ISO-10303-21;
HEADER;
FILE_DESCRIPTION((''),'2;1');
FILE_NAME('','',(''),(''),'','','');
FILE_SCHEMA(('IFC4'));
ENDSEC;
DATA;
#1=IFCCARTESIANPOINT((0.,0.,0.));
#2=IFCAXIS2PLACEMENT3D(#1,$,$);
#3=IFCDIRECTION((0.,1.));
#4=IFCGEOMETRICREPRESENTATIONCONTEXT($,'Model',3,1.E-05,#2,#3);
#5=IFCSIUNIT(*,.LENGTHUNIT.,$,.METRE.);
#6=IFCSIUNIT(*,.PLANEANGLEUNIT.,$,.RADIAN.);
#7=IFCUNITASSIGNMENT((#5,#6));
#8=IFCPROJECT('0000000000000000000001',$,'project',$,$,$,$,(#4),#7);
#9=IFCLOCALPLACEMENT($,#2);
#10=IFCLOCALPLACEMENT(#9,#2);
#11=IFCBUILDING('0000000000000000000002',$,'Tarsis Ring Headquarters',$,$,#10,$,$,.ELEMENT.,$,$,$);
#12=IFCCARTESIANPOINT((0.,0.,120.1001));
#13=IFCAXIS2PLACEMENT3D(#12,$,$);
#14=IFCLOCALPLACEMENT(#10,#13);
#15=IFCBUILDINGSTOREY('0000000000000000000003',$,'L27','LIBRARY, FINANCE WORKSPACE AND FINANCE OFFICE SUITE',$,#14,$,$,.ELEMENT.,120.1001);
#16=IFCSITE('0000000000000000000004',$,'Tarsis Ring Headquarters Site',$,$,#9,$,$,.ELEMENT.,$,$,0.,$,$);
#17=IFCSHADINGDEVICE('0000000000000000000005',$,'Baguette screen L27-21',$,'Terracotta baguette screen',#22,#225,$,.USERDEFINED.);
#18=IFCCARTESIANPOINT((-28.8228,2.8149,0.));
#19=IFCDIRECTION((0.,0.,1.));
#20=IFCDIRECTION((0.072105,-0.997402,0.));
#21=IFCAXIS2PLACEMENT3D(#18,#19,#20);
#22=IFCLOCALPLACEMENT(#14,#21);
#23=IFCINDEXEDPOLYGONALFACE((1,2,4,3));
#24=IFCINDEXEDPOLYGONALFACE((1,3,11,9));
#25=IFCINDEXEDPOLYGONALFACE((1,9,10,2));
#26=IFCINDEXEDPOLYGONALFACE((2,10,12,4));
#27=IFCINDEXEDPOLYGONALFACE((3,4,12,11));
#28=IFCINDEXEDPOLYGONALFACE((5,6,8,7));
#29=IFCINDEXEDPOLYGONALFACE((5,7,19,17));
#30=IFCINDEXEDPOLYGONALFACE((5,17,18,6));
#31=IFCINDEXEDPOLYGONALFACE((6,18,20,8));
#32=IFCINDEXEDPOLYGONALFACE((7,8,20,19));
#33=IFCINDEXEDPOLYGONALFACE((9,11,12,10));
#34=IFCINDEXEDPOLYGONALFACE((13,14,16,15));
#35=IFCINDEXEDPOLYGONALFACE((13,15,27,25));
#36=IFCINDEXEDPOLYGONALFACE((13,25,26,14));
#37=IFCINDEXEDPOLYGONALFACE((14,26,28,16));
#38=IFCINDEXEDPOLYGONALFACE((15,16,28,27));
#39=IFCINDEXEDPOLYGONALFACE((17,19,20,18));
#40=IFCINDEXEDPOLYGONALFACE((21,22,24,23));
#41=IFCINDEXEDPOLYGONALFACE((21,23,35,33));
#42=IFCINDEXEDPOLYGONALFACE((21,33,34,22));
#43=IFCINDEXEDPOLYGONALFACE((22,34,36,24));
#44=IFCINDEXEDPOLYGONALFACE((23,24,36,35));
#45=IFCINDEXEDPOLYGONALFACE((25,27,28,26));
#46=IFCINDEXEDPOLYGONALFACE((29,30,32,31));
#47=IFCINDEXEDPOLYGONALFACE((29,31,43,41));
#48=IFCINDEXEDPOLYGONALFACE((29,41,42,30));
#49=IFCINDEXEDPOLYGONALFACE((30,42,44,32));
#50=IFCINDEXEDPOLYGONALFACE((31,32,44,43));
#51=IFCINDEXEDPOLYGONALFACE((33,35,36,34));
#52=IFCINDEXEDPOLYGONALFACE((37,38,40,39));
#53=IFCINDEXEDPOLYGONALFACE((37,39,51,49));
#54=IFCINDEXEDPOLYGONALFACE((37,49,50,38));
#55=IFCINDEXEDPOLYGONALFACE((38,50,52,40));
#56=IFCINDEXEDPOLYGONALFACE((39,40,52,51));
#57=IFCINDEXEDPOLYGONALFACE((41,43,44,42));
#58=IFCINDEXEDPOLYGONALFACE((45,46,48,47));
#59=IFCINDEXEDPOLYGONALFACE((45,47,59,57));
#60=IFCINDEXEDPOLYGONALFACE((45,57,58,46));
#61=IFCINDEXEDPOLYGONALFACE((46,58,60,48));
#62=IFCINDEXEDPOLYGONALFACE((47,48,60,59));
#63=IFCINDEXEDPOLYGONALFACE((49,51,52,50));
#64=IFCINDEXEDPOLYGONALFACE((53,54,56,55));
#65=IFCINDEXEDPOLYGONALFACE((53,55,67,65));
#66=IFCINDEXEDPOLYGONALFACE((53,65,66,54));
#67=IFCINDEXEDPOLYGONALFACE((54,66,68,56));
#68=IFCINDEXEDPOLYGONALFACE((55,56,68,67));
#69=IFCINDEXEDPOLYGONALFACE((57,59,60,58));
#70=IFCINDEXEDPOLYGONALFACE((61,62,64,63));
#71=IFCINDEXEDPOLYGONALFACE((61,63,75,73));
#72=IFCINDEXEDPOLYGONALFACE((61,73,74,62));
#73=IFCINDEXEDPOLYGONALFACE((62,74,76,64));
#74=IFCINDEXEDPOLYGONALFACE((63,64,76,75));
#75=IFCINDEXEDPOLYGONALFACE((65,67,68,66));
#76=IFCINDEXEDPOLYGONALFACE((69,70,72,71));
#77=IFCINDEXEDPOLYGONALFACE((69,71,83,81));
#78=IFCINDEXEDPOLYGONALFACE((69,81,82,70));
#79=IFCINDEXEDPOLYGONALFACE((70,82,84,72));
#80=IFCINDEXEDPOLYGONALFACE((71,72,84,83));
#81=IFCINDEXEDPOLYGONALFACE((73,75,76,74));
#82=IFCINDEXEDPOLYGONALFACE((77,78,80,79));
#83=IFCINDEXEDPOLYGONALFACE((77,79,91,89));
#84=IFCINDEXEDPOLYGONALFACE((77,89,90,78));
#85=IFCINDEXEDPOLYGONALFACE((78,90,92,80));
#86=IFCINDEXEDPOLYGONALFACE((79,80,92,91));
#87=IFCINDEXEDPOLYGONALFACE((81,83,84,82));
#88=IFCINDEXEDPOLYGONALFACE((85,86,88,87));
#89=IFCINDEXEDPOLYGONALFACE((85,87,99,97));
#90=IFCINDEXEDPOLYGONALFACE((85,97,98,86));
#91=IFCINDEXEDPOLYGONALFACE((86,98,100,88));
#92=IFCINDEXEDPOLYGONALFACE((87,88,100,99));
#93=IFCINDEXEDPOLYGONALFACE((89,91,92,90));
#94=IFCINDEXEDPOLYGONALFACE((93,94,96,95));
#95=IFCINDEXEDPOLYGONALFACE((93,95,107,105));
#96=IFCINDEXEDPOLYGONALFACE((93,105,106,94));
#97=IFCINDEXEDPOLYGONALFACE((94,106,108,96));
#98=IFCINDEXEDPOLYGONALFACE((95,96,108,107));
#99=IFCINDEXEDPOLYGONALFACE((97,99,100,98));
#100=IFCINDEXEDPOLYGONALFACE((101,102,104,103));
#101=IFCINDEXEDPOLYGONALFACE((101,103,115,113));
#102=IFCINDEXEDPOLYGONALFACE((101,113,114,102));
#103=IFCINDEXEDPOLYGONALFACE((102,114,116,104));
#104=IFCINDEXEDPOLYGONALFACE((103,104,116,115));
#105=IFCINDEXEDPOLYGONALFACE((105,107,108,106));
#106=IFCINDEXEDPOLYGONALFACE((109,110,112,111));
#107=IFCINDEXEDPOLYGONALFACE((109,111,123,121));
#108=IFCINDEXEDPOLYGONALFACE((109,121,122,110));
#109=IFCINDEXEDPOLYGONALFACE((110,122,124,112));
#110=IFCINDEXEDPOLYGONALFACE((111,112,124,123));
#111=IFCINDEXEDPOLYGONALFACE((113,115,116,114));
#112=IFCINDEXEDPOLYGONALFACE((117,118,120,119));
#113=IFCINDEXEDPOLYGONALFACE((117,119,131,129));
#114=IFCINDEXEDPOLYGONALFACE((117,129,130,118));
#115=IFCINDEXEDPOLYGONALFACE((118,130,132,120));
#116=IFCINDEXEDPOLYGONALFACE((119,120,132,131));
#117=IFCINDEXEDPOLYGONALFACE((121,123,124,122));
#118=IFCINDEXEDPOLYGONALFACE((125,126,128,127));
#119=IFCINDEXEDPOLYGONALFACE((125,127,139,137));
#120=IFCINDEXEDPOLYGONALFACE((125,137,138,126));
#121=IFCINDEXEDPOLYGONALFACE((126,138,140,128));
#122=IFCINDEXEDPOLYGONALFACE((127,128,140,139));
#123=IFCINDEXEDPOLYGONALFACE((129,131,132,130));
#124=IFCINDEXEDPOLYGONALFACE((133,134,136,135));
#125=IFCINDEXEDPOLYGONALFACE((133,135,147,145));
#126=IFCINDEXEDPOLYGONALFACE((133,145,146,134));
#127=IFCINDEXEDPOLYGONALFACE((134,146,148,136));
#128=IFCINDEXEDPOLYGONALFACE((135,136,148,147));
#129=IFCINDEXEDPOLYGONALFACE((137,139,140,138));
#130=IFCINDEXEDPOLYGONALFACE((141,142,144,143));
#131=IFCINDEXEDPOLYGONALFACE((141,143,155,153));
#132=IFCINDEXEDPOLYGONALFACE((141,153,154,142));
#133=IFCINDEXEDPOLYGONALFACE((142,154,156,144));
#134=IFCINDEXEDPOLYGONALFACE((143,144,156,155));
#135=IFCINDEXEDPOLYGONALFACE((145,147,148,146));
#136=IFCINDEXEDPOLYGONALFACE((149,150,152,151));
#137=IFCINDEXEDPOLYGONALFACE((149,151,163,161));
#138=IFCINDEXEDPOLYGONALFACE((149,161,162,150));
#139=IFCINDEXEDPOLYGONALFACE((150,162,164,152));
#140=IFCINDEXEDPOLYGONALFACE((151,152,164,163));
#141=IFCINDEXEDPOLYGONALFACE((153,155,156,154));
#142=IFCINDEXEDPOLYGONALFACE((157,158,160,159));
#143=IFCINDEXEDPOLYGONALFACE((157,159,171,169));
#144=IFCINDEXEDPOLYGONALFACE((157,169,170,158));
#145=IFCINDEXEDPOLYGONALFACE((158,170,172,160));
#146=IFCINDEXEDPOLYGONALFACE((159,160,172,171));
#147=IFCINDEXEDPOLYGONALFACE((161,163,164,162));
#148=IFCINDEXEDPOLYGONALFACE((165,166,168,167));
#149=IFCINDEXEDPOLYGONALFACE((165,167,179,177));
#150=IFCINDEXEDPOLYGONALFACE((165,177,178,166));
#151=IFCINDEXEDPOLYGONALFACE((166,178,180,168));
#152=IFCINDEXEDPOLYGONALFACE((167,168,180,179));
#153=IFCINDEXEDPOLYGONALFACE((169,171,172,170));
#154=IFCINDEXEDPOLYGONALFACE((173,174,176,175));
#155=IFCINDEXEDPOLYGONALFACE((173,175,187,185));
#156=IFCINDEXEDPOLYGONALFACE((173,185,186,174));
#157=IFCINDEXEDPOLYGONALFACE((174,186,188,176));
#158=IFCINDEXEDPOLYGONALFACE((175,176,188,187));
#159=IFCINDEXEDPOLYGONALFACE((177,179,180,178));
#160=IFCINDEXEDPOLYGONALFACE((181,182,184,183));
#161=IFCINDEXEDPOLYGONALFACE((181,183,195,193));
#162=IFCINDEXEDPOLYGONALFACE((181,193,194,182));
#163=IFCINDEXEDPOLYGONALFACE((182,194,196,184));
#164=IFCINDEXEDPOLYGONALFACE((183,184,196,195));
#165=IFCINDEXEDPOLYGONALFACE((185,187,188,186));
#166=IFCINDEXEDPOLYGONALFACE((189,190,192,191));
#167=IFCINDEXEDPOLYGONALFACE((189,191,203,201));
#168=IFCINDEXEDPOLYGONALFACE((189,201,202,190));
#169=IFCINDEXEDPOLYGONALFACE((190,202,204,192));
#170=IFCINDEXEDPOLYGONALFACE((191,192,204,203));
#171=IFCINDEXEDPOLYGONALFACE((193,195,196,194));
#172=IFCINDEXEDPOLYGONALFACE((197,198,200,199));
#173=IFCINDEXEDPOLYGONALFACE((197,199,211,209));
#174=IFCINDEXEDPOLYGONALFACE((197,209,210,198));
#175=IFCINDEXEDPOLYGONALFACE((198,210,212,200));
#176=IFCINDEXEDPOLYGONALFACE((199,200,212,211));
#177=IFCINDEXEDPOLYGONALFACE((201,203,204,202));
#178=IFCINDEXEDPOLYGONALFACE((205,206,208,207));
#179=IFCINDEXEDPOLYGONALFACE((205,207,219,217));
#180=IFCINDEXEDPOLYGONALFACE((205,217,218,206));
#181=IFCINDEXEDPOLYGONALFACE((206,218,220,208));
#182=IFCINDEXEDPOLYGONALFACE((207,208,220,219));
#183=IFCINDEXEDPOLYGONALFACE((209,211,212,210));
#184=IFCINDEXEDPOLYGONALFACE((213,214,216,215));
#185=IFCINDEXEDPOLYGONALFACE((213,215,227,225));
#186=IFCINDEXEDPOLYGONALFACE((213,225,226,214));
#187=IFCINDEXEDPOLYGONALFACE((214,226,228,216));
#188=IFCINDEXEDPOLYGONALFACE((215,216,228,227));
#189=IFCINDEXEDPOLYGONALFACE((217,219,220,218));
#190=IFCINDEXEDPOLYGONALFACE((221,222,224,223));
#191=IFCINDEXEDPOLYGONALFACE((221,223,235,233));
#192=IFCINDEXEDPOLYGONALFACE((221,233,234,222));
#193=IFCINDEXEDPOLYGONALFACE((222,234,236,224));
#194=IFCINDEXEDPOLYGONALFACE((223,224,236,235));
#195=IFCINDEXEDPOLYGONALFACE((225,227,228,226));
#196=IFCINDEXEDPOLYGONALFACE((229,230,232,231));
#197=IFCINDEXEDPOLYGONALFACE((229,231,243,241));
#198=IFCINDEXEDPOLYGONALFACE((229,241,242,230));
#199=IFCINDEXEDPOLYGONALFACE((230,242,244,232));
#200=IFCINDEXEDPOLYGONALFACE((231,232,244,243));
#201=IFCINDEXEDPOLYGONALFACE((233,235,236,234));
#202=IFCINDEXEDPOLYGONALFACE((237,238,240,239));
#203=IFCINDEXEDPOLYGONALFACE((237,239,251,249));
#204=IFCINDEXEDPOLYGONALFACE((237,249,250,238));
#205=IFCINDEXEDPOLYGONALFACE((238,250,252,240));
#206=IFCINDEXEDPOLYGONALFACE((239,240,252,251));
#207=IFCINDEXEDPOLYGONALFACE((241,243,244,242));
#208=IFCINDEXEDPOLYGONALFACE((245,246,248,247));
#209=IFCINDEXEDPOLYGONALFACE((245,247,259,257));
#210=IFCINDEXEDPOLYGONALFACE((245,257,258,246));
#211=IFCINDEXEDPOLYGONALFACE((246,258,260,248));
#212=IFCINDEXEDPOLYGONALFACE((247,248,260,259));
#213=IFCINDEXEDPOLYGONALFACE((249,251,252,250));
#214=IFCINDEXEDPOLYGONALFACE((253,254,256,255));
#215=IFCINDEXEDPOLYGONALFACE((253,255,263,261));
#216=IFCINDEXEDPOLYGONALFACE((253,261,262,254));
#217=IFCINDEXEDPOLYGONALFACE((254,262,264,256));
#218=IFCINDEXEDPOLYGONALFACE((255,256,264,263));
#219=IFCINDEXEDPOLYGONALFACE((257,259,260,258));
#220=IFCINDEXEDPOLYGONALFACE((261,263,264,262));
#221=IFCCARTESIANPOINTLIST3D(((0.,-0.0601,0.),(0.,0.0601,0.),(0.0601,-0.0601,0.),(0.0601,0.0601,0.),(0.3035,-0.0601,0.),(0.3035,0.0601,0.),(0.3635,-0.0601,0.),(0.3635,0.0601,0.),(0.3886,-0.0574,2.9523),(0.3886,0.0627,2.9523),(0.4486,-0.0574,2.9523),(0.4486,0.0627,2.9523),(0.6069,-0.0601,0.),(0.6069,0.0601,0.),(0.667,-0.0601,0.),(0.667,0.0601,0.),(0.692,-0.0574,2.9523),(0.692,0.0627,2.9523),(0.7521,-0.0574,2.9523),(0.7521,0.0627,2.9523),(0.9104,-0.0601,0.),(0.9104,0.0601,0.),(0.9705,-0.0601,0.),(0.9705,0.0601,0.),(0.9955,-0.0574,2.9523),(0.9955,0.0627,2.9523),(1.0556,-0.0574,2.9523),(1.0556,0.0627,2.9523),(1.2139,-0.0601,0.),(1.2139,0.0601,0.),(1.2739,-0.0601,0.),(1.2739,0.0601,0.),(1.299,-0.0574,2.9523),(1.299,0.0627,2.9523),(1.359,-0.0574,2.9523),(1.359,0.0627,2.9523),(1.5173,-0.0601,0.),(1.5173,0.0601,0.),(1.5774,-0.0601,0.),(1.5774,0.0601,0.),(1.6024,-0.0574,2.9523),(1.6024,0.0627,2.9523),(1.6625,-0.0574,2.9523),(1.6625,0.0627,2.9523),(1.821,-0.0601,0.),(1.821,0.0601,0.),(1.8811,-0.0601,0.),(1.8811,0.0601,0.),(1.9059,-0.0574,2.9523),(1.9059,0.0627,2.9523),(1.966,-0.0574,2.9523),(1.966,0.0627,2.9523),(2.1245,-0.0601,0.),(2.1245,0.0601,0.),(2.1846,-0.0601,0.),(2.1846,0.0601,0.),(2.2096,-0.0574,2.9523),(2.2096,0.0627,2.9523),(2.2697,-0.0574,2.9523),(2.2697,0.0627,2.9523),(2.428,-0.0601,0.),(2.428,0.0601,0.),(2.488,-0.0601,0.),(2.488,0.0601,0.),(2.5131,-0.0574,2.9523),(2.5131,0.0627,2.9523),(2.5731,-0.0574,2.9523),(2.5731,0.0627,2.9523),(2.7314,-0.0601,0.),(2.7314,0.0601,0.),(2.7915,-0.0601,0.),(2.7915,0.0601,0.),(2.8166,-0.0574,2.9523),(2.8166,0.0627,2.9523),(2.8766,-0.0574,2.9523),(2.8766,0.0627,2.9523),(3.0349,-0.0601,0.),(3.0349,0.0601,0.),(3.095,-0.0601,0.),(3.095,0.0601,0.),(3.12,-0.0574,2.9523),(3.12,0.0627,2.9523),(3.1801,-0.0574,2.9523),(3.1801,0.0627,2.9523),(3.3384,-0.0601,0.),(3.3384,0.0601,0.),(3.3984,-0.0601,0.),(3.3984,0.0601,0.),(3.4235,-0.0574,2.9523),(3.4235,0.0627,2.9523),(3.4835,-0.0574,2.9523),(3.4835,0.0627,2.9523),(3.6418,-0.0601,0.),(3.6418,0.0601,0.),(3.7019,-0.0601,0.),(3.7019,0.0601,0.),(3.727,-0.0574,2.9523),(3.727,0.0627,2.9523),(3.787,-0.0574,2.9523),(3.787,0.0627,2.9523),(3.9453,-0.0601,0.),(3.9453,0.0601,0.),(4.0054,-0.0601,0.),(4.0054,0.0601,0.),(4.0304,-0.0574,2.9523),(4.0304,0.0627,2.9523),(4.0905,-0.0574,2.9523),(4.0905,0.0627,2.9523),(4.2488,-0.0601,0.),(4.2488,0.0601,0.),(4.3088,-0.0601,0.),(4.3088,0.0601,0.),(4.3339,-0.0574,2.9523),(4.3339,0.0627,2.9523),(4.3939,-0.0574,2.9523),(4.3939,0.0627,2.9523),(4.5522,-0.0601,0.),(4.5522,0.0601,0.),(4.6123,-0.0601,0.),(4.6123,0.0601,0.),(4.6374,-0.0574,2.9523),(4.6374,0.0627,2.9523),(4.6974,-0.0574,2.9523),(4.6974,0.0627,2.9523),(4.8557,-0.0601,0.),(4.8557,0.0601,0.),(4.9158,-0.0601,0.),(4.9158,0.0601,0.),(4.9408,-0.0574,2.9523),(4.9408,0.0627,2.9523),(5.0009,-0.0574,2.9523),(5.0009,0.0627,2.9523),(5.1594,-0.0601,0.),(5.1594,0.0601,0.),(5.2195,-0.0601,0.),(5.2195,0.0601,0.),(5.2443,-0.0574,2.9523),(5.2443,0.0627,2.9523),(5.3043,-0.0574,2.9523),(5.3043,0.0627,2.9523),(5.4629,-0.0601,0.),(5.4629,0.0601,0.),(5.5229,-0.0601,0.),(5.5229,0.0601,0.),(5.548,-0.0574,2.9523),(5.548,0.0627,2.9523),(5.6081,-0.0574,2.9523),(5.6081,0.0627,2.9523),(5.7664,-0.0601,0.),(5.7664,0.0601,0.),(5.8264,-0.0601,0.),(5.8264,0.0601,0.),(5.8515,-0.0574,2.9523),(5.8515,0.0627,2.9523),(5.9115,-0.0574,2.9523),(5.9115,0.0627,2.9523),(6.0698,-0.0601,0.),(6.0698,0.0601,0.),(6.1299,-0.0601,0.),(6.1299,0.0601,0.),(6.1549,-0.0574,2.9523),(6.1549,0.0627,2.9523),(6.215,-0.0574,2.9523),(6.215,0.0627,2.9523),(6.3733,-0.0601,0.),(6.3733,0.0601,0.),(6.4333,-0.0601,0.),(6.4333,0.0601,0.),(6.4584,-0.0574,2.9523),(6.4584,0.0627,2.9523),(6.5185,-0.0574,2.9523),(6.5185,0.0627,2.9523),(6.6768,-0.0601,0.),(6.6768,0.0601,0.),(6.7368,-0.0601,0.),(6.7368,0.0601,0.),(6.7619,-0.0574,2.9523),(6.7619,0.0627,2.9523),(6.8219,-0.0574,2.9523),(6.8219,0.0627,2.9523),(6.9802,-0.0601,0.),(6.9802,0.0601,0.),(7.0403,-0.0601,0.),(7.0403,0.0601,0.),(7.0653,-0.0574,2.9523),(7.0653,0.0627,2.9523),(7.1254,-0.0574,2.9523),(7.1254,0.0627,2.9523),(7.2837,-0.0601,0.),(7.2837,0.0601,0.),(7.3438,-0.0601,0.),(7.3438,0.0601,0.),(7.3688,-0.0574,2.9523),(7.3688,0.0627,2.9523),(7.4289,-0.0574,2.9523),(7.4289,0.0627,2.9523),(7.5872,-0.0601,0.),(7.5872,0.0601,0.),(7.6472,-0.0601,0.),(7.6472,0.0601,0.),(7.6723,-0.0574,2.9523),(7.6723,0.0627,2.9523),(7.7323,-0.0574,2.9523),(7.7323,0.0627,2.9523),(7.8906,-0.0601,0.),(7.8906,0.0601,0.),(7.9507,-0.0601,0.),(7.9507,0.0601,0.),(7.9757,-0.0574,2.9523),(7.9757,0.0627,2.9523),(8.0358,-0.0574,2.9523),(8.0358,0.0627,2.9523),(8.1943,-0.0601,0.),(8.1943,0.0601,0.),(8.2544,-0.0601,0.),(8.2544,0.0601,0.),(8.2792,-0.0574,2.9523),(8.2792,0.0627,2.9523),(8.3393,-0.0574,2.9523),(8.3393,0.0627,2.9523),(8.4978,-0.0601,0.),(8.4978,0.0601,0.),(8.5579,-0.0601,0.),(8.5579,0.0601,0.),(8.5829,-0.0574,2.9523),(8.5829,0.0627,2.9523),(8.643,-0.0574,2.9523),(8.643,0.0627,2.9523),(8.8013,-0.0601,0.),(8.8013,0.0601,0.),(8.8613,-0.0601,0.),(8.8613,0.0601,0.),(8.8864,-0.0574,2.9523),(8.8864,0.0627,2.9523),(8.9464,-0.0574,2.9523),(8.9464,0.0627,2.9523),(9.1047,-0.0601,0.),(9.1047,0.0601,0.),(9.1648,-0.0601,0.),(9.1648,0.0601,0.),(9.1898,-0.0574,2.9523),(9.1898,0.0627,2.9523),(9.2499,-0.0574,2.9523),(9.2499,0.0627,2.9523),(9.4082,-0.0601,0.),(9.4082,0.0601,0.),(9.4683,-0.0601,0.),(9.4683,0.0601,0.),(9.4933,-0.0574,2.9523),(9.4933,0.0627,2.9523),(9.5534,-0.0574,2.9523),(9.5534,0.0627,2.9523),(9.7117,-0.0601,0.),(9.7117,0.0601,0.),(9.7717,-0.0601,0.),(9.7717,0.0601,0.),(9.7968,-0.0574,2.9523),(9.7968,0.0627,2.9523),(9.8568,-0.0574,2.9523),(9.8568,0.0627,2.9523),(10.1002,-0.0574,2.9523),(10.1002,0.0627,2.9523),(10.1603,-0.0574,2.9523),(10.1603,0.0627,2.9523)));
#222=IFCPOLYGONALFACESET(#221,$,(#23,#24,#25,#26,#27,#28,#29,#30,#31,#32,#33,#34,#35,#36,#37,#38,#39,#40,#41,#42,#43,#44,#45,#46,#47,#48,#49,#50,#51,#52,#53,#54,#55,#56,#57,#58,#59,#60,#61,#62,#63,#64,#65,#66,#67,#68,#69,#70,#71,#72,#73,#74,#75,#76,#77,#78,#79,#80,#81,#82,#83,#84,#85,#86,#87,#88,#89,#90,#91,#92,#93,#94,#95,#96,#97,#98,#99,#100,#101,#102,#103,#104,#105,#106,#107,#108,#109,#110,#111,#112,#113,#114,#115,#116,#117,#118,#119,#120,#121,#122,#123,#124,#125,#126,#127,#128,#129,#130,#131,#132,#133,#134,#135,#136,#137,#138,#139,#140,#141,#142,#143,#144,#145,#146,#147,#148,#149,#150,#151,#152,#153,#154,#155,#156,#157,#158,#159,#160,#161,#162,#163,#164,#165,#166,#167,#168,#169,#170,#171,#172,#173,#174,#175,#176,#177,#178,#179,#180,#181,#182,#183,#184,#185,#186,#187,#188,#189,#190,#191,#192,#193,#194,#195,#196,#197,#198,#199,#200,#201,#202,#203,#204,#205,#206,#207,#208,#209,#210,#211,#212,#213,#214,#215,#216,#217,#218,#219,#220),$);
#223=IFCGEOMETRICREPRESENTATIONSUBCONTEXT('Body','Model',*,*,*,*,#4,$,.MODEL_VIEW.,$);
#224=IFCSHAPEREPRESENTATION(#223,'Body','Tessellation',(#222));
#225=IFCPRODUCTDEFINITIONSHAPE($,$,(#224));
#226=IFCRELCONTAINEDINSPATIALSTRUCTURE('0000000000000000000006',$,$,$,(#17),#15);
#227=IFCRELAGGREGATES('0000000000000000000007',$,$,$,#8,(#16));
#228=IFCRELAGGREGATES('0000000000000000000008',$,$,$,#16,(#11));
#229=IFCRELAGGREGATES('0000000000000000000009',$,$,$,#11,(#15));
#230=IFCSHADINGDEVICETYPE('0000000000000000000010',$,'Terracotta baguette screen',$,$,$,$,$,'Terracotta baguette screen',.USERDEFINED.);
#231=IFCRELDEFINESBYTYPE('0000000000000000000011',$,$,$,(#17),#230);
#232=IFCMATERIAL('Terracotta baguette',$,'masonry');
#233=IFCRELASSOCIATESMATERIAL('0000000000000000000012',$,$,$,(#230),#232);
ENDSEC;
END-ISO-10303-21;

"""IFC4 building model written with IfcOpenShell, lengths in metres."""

from ifc_helpers import new_model, si_unit, direction, frame, frame_2d, origin, place, context, subcontext, project, spatial, rectangle, composite_profile, extrude, material, type_object, element, save


model = new_model("IFC4")

# Units and contexts
model_context = context("Model", 3, precision=1e-05, world=origin(), true_north=direction((0.0, 1.0)))
body_context = subcontext(model_context, "Body", "Model", "MODEL_VIEW")
ifc_project = project(units=[si_unit("LENGTHUNIT", "METRE"), si_unit("PLANEANGLEUNIT", "RADIAN")], contexts=[model_context])

# Site, building, storey
site_placement = place(None, origin())
site = spatial("IfcSite", under=ifc_project, at=site_placement, Name="Tarsis Ring Headquarters Site", CompositionType="ELEMENT", RefElevation=0.0)
building_placement = place(site_placement, origin())
building = spatial("IfcBuilding", under=site, at=building_placement, Name="Tarsis Ring Headquarters", CompositionType="ELEMENT")
storey_placement = place(building_placement, frame((0.0, 0.0, 120.1001)))
storey = spatial("IfcBuildingStorey", under=building, at=storey_placement, Name="L27", Description="LIBRARY, FINANCE WORKSPACE AND FINANCE OFFICE SUITE", CompositionType="ELEMENT", Elevation=120.1001)

# Shading device
ifc_material_1 = material(Name="Terracotta baguette", Category="masonry")
shading_device_type = type_object("IfcShadingDeviceType", Name="Terracotta baguette screen", ElementType="Terracotta baguette screen", PredefinedType="USERDEFINED", material=ifc_material_1)
shading_device_placement = place(storey_placement, frame((-28.8228, 2.8149, 0.0), z_axis=(0.0, 0.0, 1.0), x_axis=(0.072105, -0.997402, 0.0)))
element("IfcShadingDevice", 1, at=shading_device_placement, inside=storey, type_object=shading_device_type, Name="Baguette screen L27-21", ObjectType="Terracotta baguette screen", PredefinedType="USERDEFINED", context=body_context, shape_type="SweptSolid", body=[
    extrude(composite_profile([rectangle(XDim=0.0601, YDim=0.1201, at=frame_2d((0.03, 0.0))), rectangle(XDim=0.0601, YDim=0.1201, at=frame_2d((0.3335, 0.0))), rectangle(XDim=0.0601, YDim=0.1201, at=frame_2d((0.637, 0.0))), rectangle(XDim=0.0601, YDim=0.1201, at=frame_2d((0.9404, 0.0))), rectangle(XDim=0.0601, YDim=0.1201, at=frame_2d((1.2439, 0.0))), rectangle(XDim=0.0601, YDim=0.1201, at=frame_2d((1.5474, 0.0))), rectangle(XDim=0.0601, YDim=0.1201, at=frame_2d((1.8511, 0.0))), rectangle(XDim=0.0601, YDim=0.1201, at=frame_2d((2.1545, 0.0))), rectangle(XDim=0.0601, YDim=0.1201, at=frame_2d((2.458, 0.0))), rectangle(XDim=0.0601, YDim=0.1201, at=frame_2d((2.7615, 0.0))), rectangle(XDim=0.0601, YDim=0.1201, at=frame_2d((3.0649, 0.0))), rectangle(XDim=0.0601, YDim=0.1201, at=frame_2d((3.3684, 0.0))), rectangle(XDim=0.0601, YDim=0.1201, at=frame_2d((3.6719, 0.0))), rectangle(XDim=0.0601, YDim=0.1201, at=frame_2d((3.9753, 0.0))), rectangle(XDim=0.0601, YDim=0.1201, at=frame_2d((4.2788, 0.0))), rectangle(XDim=0.0601, YDim=0.1201, at=frame_2d((4.5823, 0.0))), rectangle(XDim=0.0601, YDim=0.1201, at=frame_2d((4.8857, 0.0))), rectangle(XDim=0.0601, YDim=0.1201, at=frame_2d((5.1895, 0.0))), rectangle(XDim=0.0601, YDim=0.1201, at=frame_2d((5.4929, 0.0))), rectangle(XDim=0.0601, YDim=0.1201, at=frame_2d((5.7964, 0.0))), rectangle(XDim=0.0601, YDim=0.1201, at=frame_2d((6.0999, 0.0))), rectangle(XDim=0.0601, YDim=0.1201, at=frame_2d((6.4033, 0.0))), rectangle(XDim=0.0601, YDim=0.1201, at=frame_2d((6.7068, 0.0))), rectangle(XDim=0.0601, YDim=0.1201, at=frame_2d((7.0103, 0.0))), rectangle(XDim=0.0601, YDim=0.1201, at=frame_2d((7.3137, 0.0))), rectangle(XDim=0.0601, YDim=0.1201, at=frame_2d((7.6172, 0.0))), rectangle(XDim=0.0601, YDim=0.1201, at=frame_2d((7.9207, 0.0))), rectangle(XDim=0.0601, YDim=0.1201, at=frame_2d((8.2244, 0.0))), rectangle(XDim=0.0601, YDim=0.1201, at=frame_2d((8.5278, 0.0))), rectangle(XDim=0.0601, YDim=0.1201, at=frame_2d((8.8313, 0.0))), rectangle(XDim=0.0601, YDim=0.1201, at=frame_2d((9.1348, 0.0))), rectangle(XDim=0.0601, YDim=0.1201, at=frame_2d((9.4382, 0.0))), rectangle(XDim=0.0601, YDim=0.1201, at=frame_2d((9.7417, 0.0)))]), origin(), (0.130492, 0.000889, 0.991449), 2.9778),
])

save(model, "model.ifc")
